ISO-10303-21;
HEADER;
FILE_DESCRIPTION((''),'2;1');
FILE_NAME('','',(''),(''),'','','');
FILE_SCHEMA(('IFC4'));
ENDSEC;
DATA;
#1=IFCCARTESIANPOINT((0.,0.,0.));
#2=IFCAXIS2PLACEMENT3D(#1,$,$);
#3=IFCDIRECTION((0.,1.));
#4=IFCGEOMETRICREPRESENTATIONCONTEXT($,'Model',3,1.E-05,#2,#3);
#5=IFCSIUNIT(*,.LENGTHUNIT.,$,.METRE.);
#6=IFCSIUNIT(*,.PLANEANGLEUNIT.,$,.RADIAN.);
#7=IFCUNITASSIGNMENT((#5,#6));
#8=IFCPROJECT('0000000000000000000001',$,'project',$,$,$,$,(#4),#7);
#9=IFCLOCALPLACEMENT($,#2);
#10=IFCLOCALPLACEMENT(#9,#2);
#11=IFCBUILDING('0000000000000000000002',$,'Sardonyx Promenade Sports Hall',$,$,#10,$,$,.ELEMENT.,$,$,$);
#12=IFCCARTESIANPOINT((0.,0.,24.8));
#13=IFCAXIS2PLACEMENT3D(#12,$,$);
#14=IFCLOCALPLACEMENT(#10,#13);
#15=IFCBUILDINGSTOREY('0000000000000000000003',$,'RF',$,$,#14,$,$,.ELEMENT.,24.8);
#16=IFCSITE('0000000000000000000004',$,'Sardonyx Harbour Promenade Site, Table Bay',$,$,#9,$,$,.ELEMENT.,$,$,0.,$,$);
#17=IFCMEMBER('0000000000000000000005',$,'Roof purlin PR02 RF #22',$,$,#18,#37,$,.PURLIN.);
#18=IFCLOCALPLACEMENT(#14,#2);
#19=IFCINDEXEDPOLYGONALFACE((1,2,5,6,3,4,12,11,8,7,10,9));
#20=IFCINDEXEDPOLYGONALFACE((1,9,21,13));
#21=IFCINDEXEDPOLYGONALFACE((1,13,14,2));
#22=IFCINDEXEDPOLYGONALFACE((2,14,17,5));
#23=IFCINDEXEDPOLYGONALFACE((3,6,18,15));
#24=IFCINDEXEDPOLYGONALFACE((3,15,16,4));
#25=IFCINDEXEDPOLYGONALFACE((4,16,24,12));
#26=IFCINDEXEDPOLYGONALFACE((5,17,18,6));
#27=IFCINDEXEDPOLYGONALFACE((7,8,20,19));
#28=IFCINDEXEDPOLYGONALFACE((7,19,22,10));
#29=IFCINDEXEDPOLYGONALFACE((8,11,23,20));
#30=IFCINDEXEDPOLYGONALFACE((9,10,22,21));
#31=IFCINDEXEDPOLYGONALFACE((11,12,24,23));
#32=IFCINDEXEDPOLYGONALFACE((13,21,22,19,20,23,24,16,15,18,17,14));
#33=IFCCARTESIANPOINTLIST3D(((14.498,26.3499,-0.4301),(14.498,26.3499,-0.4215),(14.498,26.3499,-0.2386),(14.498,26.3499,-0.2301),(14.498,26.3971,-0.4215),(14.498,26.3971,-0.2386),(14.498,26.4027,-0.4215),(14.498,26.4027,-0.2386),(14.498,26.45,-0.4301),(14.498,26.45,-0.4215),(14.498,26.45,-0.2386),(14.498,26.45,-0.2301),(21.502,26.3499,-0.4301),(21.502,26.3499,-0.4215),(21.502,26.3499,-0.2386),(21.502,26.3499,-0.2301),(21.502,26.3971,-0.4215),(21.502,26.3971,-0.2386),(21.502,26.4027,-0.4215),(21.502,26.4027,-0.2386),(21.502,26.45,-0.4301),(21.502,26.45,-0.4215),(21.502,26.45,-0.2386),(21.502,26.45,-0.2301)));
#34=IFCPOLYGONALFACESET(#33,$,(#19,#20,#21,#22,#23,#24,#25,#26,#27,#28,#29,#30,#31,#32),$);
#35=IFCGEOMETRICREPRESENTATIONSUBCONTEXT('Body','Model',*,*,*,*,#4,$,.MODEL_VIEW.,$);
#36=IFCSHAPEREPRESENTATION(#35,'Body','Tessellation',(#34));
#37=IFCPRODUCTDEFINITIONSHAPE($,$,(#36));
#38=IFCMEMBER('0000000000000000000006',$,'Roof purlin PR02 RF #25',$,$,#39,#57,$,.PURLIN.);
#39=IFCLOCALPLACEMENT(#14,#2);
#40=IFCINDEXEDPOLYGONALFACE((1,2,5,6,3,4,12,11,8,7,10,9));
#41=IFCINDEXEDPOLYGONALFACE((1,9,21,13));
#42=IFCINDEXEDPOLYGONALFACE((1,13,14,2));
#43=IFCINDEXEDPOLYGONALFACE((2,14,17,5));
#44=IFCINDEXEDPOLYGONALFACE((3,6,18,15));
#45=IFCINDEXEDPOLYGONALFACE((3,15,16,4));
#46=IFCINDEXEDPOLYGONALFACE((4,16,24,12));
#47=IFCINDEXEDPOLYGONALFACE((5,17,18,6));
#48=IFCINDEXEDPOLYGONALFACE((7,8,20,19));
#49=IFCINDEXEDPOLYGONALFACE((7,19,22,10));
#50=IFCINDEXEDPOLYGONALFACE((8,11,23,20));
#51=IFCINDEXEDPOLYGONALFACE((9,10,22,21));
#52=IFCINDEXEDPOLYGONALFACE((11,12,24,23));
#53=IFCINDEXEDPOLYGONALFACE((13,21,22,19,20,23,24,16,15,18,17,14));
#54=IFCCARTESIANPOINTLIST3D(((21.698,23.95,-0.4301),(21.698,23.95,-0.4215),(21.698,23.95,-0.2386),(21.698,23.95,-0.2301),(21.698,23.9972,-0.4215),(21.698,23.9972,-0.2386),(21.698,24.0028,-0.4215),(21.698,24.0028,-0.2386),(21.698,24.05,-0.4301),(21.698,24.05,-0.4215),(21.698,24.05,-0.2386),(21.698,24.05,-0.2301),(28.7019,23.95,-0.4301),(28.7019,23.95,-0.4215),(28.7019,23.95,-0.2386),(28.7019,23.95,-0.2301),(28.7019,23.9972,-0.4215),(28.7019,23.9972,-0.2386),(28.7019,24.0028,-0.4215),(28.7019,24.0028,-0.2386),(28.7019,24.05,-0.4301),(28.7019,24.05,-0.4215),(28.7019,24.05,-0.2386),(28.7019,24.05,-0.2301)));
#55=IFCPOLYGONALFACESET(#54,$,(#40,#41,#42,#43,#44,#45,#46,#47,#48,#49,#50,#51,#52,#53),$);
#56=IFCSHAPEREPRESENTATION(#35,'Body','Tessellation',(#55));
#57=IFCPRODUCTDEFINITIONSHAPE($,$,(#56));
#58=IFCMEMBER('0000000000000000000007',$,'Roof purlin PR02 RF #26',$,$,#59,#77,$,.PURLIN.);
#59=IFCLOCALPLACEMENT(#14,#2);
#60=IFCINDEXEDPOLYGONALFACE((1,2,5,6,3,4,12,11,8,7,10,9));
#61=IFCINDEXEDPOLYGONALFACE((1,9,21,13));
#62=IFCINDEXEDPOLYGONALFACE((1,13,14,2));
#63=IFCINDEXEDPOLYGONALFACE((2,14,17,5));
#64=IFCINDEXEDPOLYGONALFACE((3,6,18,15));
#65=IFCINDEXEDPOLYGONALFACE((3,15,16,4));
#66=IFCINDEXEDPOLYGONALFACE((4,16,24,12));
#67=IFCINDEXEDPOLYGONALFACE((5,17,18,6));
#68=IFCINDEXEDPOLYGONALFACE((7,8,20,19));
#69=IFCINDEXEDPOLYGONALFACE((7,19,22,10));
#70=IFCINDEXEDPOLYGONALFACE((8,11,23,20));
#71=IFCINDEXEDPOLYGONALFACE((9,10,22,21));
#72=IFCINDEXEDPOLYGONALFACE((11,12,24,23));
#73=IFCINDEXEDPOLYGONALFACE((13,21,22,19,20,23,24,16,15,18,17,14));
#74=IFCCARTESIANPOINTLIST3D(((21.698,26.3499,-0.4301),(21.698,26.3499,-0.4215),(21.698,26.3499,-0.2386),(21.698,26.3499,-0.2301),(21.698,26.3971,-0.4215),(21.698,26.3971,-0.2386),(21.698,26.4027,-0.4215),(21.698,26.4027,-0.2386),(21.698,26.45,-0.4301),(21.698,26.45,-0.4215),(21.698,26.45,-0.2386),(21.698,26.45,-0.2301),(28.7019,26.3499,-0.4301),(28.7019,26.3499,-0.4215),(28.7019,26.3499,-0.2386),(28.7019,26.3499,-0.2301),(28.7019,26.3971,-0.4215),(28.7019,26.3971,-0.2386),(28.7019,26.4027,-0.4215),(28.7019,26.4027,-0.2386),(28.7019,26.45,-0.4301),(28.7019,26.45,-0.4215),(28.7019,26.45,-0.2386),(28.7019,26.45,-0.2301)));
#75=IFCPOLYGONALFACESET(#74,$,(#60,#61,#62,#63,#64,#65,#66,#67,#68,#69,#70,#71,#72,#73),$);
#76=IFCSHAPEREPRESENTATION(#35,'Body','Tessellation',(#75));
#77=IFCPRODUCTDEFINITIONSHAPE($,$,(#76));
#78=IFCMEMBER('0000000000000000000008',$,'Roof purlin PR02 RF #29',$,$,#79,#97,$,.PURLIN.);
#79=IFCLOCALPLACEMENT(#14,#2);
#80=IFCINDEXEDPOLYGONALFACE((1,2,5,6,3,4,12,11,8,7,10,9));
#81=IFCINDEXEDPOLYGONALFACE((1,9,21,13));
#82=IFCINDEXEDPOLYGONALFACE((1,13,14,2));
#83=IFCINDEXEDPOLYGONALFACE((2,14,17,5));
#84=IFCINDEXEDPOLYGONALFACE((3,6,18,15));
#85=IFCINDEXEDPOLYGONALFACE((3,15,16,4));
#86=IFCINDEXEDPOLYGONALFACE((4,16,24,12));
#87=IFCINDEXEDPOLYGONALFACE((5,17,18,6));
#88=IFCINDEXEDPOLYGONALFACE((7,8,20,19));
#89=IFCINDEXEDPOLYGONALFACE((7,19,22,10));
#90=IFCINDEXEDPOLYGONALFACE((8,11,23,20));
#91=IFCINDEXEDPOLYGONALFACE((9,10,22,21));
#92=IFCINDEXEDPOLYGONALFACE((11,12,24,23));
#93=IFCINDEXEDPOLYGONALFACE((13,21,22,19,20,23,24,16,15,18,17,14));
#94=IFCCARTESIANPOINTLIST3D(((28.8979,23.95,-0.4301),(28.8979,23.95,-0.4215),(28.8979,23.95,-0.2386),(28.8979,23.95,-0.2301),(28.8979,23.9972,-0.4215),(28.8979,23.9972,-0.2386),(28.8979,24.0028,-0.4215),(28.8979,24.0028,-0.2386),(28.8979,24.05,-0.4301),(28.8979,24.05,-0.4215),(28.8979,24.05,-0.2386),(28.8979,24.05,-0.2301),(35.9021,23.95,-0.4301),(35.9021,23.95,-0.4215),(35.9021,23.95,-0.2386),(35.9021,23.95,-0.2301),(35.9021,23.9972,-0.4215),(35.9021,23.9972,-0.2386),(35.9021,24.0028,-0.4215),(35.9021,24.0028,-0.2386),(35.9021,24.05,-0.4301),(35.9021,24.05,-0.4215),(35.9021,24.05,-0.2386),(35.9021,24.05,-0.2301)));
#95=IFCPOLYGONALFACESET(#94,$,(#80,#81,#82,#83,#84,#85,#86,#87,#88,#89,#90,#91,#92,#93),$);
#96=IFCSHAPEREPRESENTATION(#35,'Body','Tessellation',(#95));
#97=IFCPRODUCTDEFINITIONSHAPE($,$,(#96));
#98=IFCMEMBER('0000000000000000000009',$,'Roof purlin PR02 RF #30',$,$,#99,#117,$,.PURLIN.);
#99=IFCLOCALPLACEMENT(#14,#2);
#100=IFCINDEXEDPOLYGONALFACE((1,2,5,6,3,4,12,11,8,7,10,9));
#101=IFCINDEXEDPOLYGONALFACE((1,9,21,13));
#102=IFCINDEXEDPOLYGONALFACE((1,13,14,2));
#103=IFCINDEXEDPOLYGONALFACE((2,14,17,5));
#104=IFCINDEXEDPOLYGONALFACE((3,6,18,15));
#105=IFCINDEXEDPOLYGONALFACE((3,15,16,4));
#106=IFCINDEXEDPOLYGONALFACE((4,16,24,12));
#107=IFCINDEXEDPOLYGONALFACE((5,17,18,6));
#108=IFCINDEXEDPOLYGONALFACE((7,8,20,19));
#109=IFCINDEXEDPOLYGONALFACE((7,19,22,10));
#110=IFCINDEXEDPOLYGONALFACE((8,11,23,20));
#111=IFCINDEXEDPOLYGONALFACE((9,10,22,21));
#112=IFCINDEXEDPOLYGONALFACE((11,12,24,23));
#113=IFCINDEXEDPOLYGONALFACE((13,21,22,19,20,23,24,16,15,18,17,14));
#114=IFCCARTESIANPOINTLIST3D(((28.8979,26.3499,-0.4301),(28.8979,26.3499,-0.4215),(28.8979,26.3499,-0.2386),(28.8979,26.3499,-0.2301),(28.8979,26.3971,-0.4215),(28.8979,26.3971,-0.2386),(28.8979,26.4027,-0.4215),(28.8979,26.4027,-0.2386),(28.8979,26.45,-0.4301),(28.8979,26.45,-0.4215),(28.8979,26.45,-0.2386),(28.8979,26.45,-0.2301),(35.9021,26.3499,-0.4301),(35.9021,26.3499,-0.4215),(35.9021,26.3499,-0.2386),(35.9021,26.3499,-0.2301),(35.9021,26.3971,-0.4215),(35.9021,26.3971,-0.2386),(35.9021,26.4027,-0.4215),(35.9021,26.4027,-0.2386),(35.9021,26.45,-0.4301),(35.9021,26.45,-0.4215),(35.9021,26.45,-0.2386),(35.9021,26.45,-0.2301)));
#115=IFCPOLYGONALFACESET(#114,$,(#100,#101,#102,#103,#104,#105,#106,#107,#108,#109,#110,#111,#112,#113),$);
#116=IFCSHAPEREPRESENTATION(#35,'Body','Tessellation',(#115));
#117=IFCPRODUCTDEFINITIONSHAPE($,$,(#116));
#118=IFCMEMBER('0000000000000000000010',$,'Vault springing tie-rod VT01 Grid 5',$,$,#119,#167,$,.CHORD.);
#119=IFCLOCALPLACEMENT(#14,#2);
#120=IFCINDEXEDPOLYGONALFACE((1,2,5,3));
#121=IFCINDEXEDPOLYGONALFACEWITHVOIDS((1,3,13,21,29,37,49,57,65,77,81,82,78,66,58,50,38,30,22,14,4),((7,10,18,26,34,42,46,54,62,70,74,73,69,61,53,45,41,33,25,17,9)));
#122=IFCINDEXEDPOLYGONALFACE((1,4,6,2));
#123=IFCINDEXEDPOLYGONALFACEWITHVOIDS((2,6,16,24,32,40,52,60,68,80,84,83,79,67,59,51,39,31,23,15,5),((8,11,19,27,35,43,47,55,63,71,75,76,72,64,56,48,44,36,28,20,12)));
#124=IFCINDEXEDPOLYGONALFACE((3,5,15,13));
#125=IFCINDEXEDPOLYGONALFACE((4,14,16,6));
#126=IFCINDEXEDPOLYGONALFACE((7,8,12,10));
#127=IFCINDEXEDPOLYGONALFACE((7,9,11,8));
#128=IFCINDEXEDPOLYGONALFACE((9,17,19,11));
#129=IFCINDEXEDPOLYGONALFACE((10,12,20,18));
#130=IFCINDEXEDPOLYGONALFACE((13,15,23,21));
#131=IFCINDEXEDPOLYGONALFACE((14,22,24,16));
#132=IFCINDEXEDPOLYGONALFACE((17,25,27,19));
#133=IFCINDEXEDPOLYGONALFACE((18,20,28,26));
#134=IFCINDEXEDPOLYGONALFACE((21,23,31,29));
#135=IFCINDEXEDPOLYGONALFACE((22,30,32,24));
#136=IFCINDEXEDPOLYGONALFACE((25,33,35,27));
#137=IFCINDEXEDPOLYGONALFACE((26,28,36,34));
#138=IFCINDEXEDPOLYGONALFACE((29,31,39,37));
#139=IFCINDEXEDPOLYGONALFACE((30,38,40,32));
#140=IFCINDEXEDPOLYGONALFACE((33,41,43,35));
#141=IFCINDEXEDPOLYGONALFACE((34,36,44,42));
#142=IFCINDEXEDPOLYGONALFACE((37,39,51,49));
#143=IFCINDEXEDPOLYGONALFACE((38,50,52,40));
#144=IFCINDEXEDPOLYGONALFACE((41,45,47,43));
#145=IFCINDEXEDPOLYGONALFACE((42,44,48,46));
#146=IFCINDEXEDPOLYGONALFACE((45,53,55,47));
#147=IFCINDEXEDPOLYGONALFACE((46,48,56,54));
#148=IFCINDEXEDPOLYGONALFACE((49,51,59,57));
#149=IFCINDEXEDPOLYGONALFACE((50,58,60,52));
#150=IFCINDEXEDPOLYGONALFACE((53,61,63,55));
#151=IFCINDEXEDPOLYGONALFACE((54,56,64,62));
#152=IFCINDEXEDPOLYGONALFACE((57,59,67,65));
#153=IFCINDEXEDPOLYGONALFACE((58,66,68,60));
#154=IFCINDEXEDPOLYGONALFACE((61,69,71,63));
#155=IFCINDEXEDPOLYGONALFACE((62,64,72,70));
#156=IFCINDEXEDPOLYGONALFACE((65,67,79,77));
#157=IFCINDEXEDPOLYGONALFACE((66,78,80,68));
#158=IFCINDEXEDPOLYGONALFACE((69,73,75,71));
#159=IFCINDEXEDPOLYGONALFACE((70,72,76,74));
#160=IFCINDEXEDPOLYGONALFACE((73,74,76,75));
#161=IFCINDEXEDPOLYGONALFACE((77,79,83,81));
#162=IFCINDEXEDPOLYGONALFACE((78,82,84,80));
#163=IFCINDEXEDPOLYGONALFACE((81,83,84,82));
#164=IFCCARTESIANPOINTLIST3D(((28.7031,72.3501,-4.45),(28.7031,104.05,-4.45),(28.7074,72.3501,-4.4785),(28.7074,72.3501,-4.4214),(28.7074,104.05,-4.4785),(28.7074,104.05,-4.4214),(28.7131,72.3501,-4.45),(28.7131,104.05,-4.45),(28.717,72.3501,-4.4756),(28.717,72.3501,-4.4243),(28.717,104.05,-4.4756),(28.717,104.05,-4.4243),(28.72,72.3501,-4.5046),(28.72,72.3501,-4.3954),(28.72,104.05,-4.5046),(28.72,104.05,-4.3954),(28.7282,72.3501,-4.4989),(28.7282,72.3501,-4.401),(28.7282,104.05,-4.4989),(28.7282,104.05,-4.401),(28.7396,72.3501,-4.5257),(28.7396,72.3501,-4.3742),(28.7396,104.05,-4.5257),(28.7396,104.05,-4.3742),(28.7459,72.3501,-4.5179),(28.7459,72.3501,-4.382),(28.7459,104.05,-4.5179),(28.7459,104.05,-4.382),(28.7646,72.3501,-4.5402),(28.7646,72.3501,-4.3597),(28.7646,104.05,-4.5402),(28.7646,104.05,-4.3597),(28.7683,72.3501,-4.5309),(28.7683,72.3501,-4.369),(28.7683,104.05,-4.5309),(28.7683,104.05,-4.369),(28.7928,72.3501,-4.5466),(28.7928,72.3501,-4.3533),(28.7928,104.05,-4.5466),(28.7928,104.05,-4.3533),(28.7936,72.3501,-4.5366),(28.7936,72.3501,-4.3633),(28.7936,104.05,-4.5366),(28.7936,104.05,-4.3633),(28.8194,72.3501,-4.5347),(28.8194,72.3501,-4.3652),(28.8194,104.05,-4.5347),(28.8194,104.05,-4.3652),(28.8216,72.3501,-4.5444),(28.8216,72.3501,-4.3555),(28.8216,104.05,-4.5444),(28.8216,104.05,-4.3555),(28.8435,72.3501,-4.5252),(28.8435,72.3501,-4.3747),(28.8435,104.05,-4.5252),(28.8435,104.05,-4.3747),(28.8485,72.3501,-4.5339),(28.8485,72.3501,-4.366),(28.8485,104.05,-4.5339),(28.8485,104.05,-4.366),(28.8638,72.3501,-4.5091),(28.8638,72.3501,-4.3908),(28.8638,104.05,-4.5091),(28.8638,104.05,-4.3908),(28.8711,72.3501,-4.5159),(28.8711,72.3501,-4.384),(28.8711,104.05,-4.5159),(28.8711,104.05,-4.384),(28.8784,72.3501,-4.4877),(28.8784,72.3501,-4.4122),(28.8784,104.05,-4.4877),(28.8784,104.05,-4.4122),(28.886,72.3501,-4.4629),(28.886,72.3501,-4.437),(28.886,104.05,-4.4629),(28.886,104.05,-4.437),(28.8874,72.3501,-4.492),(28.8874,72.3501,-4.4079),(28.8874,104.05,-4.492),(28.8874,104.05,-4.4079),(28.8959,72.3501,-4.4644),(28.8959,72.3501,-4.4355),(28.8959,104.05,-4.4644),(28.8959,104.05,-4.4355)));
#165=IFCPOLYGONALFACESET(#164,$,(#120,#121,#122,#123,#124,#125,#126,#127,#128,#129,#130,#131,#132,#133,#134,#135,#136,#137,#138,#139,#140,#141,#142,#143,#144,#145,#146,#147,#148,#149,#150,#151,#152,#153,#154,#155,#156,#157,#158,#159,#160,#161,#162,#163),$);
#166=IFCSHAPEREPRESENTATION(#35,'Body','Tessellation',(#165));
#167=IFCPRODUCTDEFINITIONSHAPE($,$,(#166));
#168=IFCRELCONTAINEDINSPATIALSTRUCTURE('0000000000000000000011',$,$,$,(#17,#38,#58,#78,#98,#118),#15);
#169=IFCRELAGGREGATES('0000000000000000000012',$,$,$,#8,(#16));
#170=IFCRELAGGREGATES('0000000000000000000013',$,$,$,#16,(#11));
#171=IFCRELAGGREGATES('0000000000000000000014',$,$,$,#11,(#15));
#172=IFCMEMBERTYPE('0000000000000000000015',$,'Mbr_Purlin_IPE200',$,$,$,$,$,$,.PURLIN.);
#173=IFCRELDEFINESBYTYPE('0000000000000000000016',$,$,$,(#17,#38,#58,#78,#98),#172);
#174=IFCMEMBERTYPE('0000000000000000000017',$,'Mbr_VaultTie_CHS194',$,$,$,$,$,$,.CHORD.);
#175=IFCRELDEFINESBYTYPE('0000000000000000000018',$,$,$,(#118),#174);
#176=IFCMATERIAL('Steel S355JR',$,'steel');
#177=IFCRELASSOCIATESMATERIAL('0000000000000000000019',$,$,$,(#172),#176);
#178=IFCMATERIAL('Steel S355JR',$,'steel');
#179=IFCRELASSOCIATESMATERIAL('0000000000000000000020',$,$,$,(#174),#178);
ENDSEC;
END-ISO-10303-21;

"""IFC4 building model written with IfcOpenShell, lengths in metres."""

from ifc_helpers import new_model, si_unit, direction, frame, origin, origin_2d, place, context, subcontext, project, spatial, hollow_circle, i_section, extrude, material, material_profile, profile_set, type_object, element, save


model = new_model("IFC4")

# Units and contexts
model_context = context("Model", 3, precision=1e-05, world=origin(), true_north=direction((0.0, 1.0)))
body_context = subcontext(model_context, "Body", "Model", "MODEL_VIEW")
ifc_project = project(units=[si_unit("LENGTHUNIT", "METRE"), si_unit("PLANEANGLEUNIT", "RADIAN")], contexts=[model_context])

# Site, building, storey
site_placement = place(None, origin())
site = spatial("IfcSite", under=ifc_project, at=site_placement, Name="Sardonyx Harbour Promenade Site, Table Bay", CompositionType="ELEMENT", RefElevation=0.0)
building_placement = place(site_placement, origin())
building = spatial("IfcBuilding", under=site, at=building_placement, Name="Sardonyx Promenade Sports Hall", CompositionType="ELEMENT")
storey_placement = place(building_placement, frame((0.0, 0.0, 24.8)))
storey = spatial("IfcBuildingStorey", under=building, at=storey_placement, Name="RF", CompositionType="ELEMENT", Elevation=24.8)

# Members
ifc_material_1 = material(Name="Steel S355JR", Category="steel")
ifc_material_profile_1 = material_profile(ifc_material_1, i_section(OverallWidth=0.1001, OverallDepth=0.2, WebThickness=0.0056, FlangeThickness=0.0085, at=origin_2d()))
ifc_profile_set_1 = profile_set([ifc_material_profile_1], Name="Steel S355JR")
member_type_1 = type_object("IfcMemberType", Name="Mbr_Purlin_IPE200", PredefinedType="PURLIN", material=ifc_profile_set_1)
for number, where, z_axis, x_axis, name in (
    (1, (14.498, 26.3999, -0.3301), (1.0, 0.0, 0.0), (0.0, 1.0, 0.0), "Roof purlin PR02 RF #22"),
    (2, (21.698, 24.0, -0.3301), (1.0, 0.0, 0.0), (0.0, 1.0, 0.0), "Roof purlin PR02 RF #25"),
    (3, (21.698, 26.3999, -0.3301), (1.0, 0.0, 0.0), (0.0, 1.0, 0.0), "Roof purlin PR02 RF #26"),
):
    element("IfcMember", number, at=place(storey_placement, frame(where, z_axis=z_axis, x_axis=x_axis)), inside=storey, type_object=member_type_1, Name=name, PredefinedType="PURLIN", context=body_context, shape_type="SweptSolid", body=[
        extrude(i_section(OverallWidth=0.1001, OverallDepth=0.2, WebThickness=0.0056, FlangeThickness=0.0085, at=origin_2d()), origin(), (0.0, 0.0, 1.0), 7.0039),
    ])
for number, where, z_axis, x_axis, name in (
    (4, (28.8979, 24.0, -0.3301), (1.0, 0.0, 0.0), (0.0, 1.0, 0.0), "Roof purlin PR02 RF #29"),
    (5, (28.8979, 26.3999, -0.3301), (1.0, 0.0, 0.0), (0.0, 1.0, 0.0), "Roof purlin PR02 RF #30"),
):
    element("IfcMember", number, at=place(storey_placement, frame(where, z_axis=z_axis, x_axis=x_axis)), inside=storey, type_object=member_type_1, Name=name, PredefinedType="PURLIN", context=body_context, shape_type="SweptSolid", body=[
        extrude(i_section(OverallWidth=0.1001, OverallDepth=0.2, WebThickness=0.0056, FlangeThickness=0.0085, at=origin_2d()), origin(), (0.0, 0.0, 1.0), 7.0042),
    ])
ifc_material_2 = material(Name="Steel S355JR", Category="steel")
ifc_material_profile_2 = material_profile(ifc_material_2, hollow_circle(Radius=0.0969, WallThickness=0.01, at=origin_2d()))
ifc_profile_set_2 = profile_set([ifc_material_profile_2], Name="Steel S355JR")
member_type_2 = type_object("IfcMemberType", Name="Mbr_VaultTie_CHS194", PredefinedType="CHORD", material=ifc_profile_set_2)
for number, where, z_axis, x_axis, name in (
    (6, (28.8, 72.3501, -4.45), (0.0, 1.0, 0.0), (-1.0, 0.0, 0.0), "Vault springing tie-rod VT01 Grid 5"),
):
    element("IfcMember", number, at=place(storey_placement, frame(where, z_axis=z_axis, x_axis=x_axis)), inside=storey, type_object=member_type_2, Name=name, PredefinedType="CHORD", context=body_context, shape_type="SweptSolid", body=[
        extrude(hollow_circle(Radius=0.0969, WallThickness=0.01, at=origin_2d()), origin(), (0.0, 0.0, 1.0), 31.7),
    ])

save(model, "model.ifc")
